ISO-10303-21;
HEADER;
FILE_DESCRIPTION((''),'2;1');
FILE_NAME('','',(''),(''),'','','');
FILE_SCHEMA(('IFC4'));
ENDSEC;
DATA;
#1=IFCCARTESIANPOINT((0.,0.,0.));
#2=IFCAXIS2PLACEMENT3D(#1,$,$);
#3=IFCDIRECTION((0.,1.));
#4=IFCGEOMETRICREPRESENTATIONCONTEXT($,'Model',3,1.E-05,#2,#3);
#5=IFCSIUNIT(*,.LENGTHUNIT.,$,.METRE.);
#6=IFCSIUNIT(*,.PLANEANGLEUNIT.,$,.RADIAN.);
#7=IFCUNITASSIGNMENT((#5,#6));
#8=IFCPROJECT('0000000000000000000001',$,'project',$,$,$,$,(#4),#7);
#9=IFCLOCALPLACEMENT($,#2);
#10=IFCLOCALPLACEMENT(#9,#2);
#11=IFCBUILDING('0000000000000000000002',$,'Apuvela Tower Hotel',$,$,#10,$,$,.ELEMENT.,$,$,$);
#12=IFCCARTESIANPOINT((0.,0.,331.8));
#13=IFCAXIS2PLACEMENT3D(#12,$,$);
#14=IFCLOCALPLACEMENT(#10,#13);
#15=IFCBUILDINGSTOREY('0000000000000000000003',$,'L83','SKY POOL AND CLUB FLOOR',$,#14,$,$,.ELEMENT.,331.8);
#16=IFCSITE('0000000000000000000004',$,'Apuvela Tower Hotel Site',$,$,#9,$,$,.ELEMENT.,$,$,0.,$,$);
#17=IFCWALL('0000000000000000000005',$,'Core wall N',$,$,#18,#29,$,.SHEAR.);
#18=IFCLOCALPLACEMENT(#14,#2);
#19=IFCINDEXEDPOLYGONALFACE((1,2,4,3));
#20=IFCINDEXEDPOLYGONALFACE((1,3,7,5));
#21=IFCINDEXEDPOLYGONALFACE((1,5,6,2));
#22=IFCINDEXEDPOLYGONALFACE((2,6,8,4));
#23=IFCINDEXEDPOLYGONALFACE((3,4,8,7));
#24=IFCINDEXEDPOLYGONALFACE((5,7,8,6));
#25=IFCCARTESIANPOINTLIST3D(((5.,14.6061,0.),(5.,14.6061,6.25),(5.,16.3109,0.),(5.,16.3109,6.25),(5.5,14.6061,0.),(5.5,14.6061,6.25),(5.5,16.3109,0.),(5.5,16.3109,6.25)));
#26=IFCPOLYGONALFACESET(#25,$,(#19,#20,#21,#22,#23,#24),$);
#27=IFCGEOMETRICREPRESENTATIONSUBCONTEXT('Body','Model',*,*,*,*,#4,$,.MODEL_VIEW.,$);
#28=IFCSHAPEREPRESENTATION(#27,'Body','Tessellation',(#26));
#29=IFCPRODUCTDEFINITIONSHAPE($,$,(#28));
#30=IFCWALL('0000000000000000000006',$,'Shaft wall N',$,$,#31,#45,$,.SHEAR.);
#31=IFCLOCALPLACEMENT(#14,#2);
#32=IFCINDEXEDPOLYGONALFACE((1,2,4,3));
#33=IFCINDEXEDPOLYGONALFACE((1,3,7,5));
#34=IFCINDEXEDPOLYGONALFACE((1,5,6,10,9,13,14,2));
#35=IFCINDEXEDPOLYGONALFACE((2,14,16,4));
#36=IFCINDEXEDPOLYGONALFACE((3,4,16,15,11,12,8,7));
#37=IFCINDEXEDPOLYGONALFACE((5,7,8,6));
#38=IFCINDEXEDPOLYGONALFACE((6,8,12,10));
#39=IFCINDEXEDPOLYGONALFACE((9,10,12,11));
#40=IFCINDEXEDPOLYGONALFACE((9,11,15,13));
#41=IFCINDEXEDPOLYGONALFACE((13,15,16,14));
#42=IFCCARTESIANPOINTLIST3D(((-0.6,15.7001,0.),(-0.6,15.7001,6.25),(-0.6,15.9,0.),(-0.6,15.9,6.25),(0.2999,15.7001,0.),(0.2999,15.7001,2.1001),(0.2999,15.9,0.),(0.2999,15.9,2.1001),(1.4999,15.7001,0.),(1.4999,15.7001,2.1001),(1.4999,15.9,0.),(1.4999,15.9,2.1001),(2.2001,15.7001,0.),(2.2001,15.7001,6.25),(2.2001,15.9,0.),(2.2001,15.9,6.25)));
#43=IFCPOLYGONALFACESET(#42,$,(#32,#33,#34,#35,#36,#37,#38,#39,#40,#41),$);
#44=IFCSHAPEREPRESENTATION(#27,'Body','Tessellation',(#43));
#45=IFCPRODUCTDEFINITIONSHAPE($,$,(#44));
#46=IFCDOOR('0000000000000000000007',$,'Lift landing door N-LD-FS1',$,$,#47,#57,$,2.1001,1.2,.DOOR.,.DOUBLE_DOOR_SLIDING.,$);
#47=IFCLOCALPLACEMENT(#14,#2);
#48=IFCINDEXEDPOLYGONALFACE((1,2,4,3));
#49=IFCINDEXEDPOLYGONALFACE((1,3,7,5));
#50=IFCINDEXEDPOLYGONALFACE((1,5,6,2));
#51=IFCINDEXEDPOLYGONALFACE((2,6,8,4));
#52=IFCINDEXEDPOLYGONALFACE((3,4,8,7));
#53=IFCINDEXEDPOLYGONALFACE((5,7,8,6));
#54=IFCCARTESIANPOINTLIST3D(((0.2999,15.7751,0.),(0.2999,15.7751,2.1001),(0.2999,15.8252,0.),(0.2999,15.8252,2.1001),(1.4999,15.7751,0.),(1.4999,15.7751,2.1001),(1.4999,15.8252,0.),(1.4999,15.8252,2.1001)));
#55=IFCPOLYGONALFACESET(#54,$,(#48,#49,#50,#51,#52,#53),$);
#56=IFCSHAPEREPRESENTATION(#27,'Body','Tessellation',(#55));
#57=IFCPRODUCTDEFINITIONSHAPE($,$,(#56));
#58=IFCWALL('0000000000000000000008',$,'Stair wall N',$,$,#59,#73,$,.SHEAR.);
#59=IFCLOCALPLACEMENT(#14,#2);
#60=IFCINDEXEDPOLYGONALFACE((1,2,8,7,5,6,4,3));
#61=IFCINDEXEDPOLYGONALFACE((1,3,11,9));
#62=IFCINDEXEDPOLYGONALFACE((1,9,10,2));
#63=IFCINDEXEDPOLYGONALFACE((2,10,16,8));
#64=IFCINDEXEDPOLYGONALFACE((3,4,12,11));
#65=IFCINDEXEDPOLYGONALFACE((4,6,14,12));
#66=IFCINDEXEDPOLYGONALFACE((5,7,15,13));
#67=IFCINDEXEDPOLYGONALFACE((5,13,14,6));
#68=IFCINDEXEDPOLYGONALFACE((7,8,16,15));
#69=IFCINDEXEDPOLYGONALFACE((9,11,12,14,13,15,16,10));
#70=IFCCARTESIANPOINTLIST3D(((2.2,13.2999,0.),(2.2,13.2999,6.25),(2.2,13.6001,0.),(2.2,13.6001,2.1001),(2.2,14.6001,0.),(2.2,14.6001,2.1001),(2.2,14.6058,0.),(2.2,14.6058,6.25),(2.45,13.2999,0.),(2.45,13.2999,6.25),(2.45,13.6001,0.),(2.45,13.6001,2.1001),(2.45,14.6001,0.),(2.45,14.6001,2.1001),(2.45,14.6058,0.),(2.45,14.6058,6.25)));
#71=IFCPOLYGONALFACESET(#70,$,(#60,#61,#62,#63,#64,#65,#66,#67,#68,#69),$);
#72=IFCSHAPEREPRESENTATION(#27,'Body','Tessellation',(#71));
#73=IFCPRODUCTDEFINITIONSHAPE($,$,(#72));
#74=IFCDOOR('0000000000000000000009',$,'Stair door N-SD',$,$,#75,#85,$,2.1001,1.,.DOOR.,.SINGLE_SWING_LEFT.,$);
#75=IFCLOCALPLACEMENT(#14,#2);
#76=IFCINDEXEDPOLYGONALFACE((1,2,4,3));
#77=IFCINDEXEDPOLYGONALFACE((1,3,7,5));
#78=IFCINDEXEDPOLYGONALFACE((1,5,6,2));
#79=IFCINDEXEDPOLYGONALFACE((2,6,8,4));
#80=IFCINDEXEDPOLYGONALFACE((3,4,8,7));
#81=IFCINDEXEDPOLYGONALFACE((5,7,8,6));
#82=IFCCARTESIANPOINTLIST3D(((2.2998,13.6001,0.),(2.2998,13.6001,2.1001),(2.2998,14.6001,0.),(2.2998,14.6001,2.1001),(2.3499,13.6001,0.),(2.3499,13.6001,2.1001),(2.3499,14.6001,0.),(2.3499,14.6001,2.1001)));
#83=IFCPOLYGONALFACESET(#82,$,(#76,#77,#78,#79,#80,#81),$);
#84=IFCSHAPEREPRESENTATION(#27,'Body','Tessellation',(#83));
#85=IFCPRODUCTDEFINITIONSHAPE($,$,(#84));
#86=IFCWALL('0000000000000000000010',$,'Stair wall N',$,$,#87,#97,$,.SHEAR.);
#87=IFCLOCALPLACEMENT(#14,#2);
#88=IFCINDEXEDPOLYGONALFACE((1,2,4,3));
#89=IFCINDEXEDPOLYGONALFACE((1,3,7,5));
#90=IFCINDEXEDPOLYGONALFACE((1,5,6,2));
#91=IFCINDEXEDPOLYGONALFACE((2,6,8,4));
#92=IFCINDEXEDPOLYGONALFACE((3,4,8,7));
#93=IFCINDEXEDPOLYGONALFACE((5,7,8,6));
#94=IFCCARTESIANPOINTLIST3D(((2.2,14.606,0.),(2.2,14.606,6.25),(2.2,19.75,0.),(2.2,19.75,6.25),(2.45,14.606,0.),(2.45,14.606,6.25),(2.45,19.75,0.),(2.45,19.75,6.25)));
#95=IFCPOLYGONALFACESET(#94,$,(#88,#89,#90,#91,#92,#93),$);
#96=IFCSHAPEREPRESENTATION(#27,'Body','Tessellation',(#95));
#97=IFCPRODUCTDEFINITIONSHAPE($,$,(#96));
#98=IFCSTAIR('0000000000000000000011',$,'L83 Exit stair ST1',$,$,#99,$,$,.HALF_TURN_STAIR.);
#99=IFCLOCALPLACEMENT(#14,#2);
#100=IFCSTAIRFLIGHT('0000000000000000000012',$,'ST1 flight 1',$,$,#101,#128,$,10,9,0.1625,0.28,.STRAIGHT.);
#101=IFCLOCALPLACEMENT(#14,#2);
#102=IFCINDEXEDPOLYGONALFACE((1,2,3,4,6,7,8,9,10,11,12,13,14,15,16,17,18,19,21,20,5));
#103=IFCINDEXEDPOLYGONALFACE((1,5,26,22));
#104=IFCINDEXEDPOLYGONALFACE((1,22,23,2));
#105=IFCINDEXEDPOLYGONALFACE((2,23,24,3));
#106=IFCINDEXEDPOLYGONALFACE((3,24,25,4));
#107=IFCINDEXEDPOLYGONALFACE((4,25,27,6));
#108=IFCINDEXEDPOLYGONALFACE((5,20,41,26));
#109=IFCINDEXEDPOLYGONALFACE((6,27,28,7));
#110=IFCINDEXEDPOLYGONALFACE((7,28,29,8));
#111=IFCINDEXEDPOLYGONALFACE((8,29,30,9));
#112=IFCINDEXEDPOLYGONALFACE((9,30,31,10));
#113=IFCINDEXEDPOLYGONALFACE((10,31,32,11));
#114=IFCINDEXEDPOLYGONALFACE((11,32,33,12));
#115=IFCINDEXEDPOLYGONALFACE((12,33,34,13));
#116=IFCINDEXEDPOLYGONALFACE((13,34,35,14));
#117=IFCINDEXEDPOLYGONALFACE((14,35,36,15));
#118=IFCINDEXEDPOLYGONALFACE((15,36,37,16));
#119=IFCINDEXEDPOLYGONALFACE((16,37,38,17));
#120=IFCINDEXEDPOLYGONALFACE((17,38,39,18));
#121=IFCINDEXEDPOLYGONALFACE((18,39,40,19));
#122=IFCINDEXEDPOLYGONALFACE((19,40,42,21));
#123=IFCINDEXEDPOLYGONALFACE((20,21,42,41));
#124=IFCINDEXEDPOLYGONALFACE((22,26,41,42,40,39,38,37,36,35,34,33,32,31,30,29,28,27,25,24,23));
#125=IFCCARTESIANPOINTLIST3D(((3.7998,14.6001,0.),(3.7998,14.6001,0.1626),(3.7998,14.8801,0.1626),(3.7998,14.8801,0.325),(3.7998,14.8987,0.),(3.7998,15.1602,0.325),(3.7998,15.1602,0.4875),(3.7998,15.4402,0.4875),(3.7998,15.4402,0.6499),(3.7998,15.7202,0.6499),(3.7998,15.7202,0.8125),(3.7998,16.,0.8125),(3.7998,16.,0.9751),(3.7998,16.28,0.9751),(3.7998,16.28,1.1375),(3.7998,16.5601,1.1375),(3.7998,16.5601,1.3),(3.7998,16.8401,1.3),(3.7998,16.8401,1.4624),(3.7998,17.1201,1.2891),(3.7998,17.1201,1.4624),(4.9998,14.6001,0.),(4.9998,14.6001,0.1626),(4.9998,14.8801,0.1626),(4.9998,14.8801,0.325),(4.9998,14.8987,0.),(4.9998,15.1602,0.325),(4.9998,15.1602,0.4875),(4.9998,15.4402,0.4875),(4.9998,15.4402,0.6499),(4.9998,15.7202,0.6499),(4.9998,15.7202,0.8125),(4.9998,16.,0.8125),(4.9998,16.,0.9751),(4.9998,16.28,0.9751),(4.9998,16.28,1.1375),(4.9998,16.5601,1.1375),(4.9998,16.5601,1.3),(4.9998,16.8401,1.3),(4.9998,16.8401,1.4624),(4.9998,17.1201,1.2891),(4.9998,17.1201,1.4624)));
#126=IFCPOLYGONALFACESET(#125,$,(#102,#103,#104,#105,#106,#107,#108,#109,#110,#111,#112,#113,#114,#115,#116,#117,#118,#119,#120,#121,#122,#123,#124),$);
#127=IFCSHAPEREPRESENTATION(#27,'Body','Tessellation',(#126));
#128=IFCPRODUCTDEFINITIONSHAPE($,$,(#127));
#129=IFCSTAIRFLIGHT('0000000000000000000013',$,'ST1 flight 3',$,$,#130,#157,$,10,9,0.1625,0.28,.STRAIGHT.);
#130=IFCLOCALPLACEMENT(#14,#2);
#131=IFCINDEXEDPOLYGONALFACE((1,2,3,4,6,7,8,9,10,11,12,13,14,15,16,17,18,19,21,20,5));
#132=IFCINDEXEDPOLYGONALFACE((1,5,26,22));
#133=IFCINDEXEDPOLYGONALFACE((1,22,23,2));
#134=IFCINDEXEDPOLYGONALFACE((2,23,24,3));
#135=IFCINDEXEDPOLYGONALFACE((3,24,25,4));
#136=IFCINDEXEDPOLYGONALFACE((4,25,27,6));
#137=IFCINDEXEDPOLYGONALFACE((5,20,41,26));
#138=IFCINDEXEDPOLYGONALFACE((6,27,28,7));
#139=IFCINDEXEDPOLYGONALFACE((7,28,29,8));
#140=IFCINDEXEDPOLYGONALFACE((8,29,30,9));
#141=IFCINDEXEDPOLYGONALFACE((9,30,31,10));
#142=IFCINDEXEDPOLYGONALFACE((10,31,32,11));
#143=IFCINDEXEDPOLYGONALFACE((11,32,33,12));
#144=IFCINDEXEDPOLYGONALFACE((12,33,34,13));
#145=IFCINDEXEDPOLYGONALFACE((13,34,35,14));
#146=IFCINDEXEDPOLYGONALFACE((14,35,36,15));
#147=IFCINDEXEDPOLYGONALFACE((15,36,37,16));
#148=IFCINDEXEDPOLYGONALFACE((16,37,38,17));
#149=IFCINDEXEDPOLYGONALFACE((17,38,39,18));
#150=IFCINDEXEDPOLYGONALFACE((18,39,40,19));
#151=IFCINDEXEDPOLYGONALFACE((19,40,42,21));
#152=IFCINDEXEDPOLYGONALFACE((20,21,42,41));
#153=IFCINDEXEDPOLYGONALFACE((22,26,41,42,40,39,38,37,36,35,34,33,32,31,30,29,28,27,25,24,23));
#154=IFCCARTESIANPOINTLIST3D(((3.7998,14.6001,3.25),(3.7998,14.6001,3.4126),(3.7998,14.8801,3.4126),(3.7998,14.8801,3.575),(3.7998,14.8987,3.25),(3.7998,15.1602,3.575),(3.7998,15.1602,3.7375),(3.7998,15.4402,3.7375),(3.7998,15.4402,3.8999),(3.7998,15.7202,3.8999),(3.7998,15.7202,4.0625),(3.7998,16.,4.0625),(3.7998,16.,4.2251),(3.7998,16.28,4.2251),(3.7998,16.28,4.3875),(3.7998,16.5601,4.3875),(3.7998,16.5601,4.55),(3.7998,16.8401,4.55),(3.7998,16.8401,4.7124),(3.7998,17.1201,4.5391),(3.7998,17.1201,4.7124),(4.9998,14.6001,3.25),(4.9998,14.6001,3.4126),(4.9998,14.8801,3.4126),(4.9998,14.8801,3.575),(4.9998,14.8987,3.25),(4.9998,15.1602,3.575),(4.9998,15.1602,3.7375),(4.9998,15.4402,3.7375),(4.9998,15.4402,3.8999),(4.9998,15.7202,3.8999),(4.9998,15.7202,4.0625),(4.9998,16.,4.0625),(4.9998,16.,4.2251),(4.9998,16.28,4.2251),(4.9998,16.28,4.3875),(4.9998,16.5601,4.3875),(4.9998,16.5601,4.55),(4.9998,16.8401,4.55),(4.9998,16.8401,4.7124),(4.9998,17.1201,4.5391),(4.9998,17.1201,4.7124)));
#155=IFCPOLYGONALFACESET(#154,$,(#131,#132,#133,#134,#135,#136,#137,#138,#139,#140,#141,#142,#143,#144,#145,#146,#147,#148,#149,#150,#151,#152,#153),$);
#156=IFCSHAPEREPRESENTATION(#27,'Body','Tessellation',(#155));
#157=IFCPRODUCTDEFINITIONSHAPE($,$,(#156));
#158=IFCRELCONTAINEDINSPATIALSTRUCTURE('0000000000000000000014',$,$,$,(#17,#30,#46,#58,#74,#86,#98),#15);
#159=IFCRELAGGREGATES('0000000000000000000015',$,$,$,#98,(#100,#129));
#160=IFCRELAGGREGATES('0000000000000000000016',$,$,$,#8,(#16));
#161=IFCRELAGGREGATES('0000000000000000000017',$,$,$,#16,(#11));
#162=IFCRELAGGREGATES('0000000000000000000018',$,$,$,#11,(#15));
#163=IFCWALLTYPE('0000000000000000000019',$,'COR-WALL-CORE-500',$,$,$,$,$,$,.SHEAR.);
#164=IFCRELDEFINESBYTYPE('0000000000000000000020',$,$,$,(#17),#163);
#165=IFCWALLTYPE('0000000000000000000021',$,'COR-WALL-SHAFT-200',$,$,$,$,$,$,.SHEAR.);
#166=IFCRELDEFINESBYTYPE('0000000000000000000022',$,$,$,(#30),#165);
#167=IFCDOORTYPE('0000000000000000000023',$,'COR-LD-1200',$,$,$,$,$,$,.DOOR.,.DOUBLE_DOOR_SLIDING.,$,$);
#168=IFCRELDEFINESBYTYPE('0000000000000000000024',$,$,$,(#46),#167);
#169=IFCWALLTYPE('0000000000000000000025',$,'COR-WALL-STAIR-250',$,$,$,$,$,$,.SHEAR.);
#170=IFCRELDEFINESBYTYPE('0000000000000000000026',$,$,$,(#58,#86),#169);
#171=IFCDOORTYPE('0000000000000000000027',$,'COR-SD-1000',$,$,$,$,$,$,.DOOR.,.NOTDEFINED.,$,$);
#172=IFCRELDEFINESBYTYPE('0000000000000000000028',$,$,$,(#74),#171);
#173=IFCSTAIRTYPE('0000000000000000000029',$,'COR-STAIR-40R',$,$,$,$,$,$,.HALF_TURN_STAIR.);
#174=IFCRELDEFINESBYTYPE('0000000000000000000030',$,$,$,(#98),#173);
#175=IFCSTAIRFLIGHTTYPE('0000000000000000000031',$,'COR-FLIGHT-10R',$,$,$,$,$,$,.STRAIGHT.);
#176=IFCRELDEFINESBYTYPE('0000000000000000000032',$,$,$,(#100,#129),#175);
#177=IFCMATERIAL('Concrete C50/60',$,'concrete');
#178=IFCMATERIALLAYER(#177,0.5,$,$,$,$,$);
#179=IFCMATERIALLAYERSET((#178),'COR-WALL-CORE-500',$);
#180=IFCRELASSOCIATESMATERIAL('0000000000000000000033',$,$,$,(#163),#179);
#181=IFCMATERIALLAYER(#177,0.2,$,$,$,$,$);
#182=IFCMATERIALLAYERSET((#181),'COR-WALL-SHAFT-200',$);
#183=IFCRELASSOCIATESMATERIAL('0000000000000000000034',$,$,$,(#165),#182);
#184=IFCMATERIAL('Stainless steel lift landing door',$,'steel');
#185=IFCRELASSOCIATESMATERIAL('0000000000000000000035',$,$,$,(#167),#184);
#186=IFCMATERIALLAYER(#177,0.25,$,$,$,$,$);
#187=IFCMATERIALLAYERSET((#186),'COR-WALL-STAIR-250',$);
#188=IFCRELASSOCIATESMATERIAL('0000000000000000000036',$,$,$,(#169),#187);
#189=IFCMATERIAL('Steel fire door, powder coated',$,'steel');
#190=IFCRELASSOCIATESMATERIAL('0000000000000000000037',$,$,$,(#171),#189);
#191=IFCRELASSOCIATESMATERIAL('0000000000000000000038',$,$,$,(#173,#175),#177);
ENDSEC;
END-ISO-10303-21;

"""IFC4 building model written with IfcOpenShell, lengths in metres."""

from ifc_helpers import new_model, si_unit, direction, frame, frame_2d, origin, place, context, subcontext, project, spatial, polyline, rectangle, outline, extrude, material, layer, layer_set, type_object, element, fill, aggregate, save


model = new_model("IFC4")

# Units and contexts
model_context = context("Model", 3, precision=1e-05, world=origin(), true_north=direction((0.0, 1.0)))
body_context = subcontext(model_context, "Body", "Model", "MODEL_VIEW")
ifc_project = project(units=[si_unit("LENGTHUNIT", "METRE"), si_unit("PLANEANGLEUNIT", "RADIAN")], contexts=[model_context])

# Site, building, storey
site_placement = place(None, origin())
site = spatial("IfcSite", under=ifc_project, at=site_placement, Name="Apuvela Tower Hotel Site", CompositionType="ELEMENT", RefElevation=0.0)
building_placement = place(site_placement, origin())
building = spatial("IfcBuilding", under=site, at=building_placement, Name="Apuvela Tower Hotel", CompositionType="ELEMENT")
storey_placement = place(building_placement, frame((0.0, 0.0, 331.8)))
storey = spatial("IfcBuildingStorey", under=building, at=storey_placement, Name="L83", Description="SKY POOL AND CLUB FLOOR", CompositionType="ELEMENT", Elevation=331.8)

# Shared definitions
ifc_material_1 = material(Name="Concrete C50/60", Category="concrete")

# Shared definitions
ifc_material_2 = material(Name="Steel fire door, powder coated", Category="steel")

# Wall
ifc_layer_1 = layer(ifc_material_1, 0.5)
ifc_layer_set_1 = layer_set([ifc_layer_1], Name="COR-WALL-CORE-500")
wall_type_1 = type_object("IfcWallType", Name="COR-WALL-CORE-500", PredefinedType="SHEAR", material=ifc_layer_set_1)
wall_1_placement = place(storey_placement, frame((5.25, 14.606, 0.0), z_axis=(0.0, 0.0, 1.0), x_axis=(0.0, 1.0, 0.0)))
element("IfcWall", 1, at=wall_1_placement, inside=storey, type_object=wall_type_1, Name="Core wall N", PredefinedType="SHEAR", context=body_context, shape_type="SweptSolid", body=[
    extrude(rectangle(XDim=1.7048, YDim=0.5, at=frame_2d((0.8525, 0.0))), origin(), (0.0, 0.0, 1.0), 6.25),
])

# Walls, openings, doors
ifc_layer_2 = layer(ifc_material_1, 0.2)
ifc_layer_set_2 = layer_set([ifc_layer_2], Name="COR-WALL-SHAFT-200")
wall_type_2 = type_object("IfcWallType", Name="COR-WALL-SHAFT-200", PredefinedType="SHEAR", material=ifc_layer_set_2)
wall_2_placement = place(storey_placement, frame((2.2, 15.8, 0.0), z_axis=(0.0, 0.0, 1.0), x_axis=(-1.0, 0.0, 0.0)))
wall_2 = element("IfcWall", 2, at=wall_2_placement, inside=storey, type_object=wall_type_2, Name="Shaft wall N", PredefinedType="SHEAR", context=body_context, shape_type="SweptSolid", body=[
    extrude(rectangle(XDim=2.8, YDim=0.2, at=frame_2d((1.3999, 0.0))), origin(), (0.0, 0.0, 1.0), 6.25),
])
opening_1_placement = place(wall_2_placement, frame((0.7, 0.0, 0.0)))
opening_1 = element("IfcOpeningElement", 3, at=opening_1_placement, cuts=wall_2, PredefinedType="OPENING", context=body_context, shape_type="SweptSolid", body=[
    extrude(rectangle(XDim=1.2, YDim=2.1001, at=frame_2d((0.6001, 1.05))), frame((0.0, 0.1099, 0.0), z_axis=(0.0, -1.0, 0.0), x_axis=(1.0, 0.0, 0.0)), (0.0, 0.0, 1.0), 0.22),
])
ifc_material_3 = material(Name="Stainless steel lift landing door", Category="steel")
door_type_1 = type_object("IfcDoorType", Name="COR-LD-1200", OperationType="DOUBLE_DOOR_SLIDING", PredefinedType="DOOR", material=ifc_material_3)
door_1_placement = place(opening_1_placement, origin())
door_1 = element("IfcDoor", 4, at=door_1_placement, inside=storey, type_object=door_type_1, Name="Lift landing door N-LD-FS1", OperationType="DOUBLE_DOOR_SLIDING", OverallHeight=2.1001, OverallWidth=1.2, PredefinedType="DOOR", context=body_context, shape_type="SweptSolid", body=[
    extrude(rectangle(XDim=1.2, YDim=2.1001, at=frame_2d((0.6001, 1.05))), frame((0.0, 0.0249, 0.0), z_axis=(0.0, -1.0, 0.0), x_axis=(1.0, 0.0, 0.0)), (0.0, 0.0, 1.0), 0.05),
])
fill(opening_1, door_1)
ifc_layer_3 = layer(ifc_material_1, 0.25)
ifc_layer_set_3 = layer_set([ifc_layer_3], Name="COR-WALL-STAIR-250")
wall_type_3 = type_object("IfcWallType", Name="COR-WALL-STAIR-250", PredefinedType="SHEAR", material=ifc_layer_set_3)
wall_3_placement = place(storey_placement, frame((2.325, 13.3, 0.0), z_axis=(0.0, 0.0, 1.0), x_axis=(0.0, 1.0, 0.0)))
wall_3 = element("IfcWall", 5, at=wall_3_placement, inside=storey, type_object=wall_type_3, Name="Stair wall N", PredefinedType="SHEAR", context=body_context, shape_type="SweptSolid", body=[
    extrude(rectangle(XDim=1.3059, YDim=0.25, at=frame_2d((0.6528, 0.0))), origin(), (0.0, 0.0, 1.0), 6.25),
])
opening_2_placement = place(wall_3_placement, frame((0.3, 0.0, 0.0)))
opening_2 = element("IfcOpeningElement", 6, at=opening_2_placement, cuts=wall_3, PredefinedType="OPENING", context=body_context, shape_type="SweptSolid", body=[
    extrude(rectangle(XDim=1.0, YDim=2.1001, at=frame_2d((0.5, 1.05))), frame((0.0, 0.135, 0.0), z_axis=(0.0, -1.0, 0.0), x_axis=(1.0, 0.0, 0.0)), (0.0, 0.0, 1.0), 0.27),
])
door_type_2 = type_object("IfcDoorType", Name="COR-SD-1000", OperationType="NOTDEFINED", PredefinedType="DOOR", material=ifc_material_2)
door_2_placement = place(opening_2_placement, frame((1.0, 0.0, 0.0), z_axis=(0.0, 0.0, 1.0), x_axis=(-1.0, 0.0, 0.0)))
door_2 = element("IfcDoor", 7, at=door_2_placement, inside=storey, type_object=door_type_2, Name="Stair door N-SD", OperationType="SINGLE_SWING_LEFT", OverallHeight=2.1001, OverallWidth=1.0, PredefinedType="DOOR", context=body_context, shape_type="SweptSolid", body=[
    extrude(rectangle(XDim=1.0, YDim=2.1001, at=frame_2d((0.5, 1.05))), frame((0.0, 0.0249, 0.0), z_axis=(0.0, -1.0, 0.0), x_axis=(1.0, 0.0, 0.0)), (0.0, 0.0, 1.0), 0.05),
])
fill(opening_2, door_2)

# Wall
wall_4_placement = place(storey_placement, frame((2.325, 14.606, 0.0), z_axis=(0.0, 0.0, 1.0), x_axis=(0.0, 1.0, 0.0)))
element("IfcWall", 8, at=wall_4_placement, inside=storey, type_object=wall_type_3, Name="Stair wall N", PredefinedType="SHEAR", context=body_context, shape_type="SweptSolid", body=[
    extrude(rectangle(XDim=5.144, YDim=0.25, at=frame_2d((2.572, 0.0))), origin(), (0.0, 0.0, 1.0), 6.25),
])

# Stair, stair flights
stair_type = type_object("IfcStairType", Name="COR-STAIR-40R", PredefinedType="HALF_TURN_STAIR", material=ifc_material_1)
stair_placement = place(storey_placement, origin())
stair = element("IfcStair", 9, at=stair_placement, inside=storey, type_object=stair_type, Name="L83 Exit stair ST1", PredefinedType="HALF_TURN_STAIR")
stair_flight_type = type_object("IfcStairFlightType", Name="COR-FLIGHT-10R", PredefinedType="STRAIGHT", material=ifc_material_1)
stair_flight_1_placement = place(storey_placement, frame((4.3999, 14.6001, 0.0), z_axis=(0.0, 0.0, 1.0), x_axis=(0.0, 1.0, 0.0)))
stair_flight_1 = element("IfcStairFlight", 10, at=stair_flight_1_placement, type_object=stair_flight_type, Name="ST1 flight 1", NumberOfRisers=10, NumberOfTreads=9, PredefinedType="STRAIGHT", RiserHeight=0.1625, TreadLength=0.28, context=body_context, shape_type="SweptSolid", body=[
    extrude(outline(polyline([(0.0, 0.0), (0.0, 0.1626), (0.28, 0.1626), (0.28, 0.325), (0.5601, 0.325), (0.5601, 0.4875), (0.8401, 0.4875), (0.8401, 0.6499), (1.1201, 0.6499), (1.1201, 0.8125), (1.3999, 0.8125), (1.3999, 0.9751), (1.6799, 0.9751), (1.6799, 1.1375), (1.96, 1.1375), (1.96, 1.3), (2.24, 1.3), (2.24, 1.4624), (2.52, 1.4624), (2.52, 1.625), (2.52, 1.2891), (0.2986, 0.0), (0.0, 0.0)])), frame((0.0, 0.6001, 0.0), z_axis=(0.0, -1.0, 0.0), x_axis=(1.0, 0.0, 0.0)), (0.0, 0.0, 1.0), 1.2),
])
stair_flight_2_placement = place(storey_placement, frame((4.3999, 14.6001, 3.25), z_axis=(0.0, 0.0, 1.0), x_axis=(0.0, 1.0, 0.0)))
stair_flight_2 = element("IfcStairFlight", 11, at=stair_flight_2_placement, type_object=stair_flight_type, Name="ST1 flight 3", NumberOfRisers=10, NumberOfTreads=9, PredefinedType="STRAIGHT", RiserHeight=0.1625, TreadLength=0.28, context=body_context, shape_type="SweptSolid", body=[
    extrude(outline(polyline([(0.0, 0.0), (0.0, 0.1626), (0.28, 0.1626), (0.28, 0.325), (0.5601, 0.325), (0.5601, 0.4875), (0.8401, 0.4875), (0.8401, 0.6499), (1.1201, 0.6499), (1.1201, 0.8125), (1.3999, 0.8125), (1.3999, 0.9751), (1.6799, 0.9751), (1.6799, 1.1375), (1.96, 1.1375), (1.96, 1.3), (2.24, 1.3), (2.24, 1.4624), (2.52, 1.4624), (2.52, 1.625), (2.52, 1.2891), (0.2986, 0.0), (0.0, 0.0)])), frame((0.0, 0.6001, 0.0), z_axis=(0.0, -1.0, 0.0), x_axis=(1.0, 0.0, 0.0)), (0.0, 0.0, 1.0), 1.2),
])
aggregate(stair, [stair_flight_1, stair_flight_2])

save(model, "model.ifc")
